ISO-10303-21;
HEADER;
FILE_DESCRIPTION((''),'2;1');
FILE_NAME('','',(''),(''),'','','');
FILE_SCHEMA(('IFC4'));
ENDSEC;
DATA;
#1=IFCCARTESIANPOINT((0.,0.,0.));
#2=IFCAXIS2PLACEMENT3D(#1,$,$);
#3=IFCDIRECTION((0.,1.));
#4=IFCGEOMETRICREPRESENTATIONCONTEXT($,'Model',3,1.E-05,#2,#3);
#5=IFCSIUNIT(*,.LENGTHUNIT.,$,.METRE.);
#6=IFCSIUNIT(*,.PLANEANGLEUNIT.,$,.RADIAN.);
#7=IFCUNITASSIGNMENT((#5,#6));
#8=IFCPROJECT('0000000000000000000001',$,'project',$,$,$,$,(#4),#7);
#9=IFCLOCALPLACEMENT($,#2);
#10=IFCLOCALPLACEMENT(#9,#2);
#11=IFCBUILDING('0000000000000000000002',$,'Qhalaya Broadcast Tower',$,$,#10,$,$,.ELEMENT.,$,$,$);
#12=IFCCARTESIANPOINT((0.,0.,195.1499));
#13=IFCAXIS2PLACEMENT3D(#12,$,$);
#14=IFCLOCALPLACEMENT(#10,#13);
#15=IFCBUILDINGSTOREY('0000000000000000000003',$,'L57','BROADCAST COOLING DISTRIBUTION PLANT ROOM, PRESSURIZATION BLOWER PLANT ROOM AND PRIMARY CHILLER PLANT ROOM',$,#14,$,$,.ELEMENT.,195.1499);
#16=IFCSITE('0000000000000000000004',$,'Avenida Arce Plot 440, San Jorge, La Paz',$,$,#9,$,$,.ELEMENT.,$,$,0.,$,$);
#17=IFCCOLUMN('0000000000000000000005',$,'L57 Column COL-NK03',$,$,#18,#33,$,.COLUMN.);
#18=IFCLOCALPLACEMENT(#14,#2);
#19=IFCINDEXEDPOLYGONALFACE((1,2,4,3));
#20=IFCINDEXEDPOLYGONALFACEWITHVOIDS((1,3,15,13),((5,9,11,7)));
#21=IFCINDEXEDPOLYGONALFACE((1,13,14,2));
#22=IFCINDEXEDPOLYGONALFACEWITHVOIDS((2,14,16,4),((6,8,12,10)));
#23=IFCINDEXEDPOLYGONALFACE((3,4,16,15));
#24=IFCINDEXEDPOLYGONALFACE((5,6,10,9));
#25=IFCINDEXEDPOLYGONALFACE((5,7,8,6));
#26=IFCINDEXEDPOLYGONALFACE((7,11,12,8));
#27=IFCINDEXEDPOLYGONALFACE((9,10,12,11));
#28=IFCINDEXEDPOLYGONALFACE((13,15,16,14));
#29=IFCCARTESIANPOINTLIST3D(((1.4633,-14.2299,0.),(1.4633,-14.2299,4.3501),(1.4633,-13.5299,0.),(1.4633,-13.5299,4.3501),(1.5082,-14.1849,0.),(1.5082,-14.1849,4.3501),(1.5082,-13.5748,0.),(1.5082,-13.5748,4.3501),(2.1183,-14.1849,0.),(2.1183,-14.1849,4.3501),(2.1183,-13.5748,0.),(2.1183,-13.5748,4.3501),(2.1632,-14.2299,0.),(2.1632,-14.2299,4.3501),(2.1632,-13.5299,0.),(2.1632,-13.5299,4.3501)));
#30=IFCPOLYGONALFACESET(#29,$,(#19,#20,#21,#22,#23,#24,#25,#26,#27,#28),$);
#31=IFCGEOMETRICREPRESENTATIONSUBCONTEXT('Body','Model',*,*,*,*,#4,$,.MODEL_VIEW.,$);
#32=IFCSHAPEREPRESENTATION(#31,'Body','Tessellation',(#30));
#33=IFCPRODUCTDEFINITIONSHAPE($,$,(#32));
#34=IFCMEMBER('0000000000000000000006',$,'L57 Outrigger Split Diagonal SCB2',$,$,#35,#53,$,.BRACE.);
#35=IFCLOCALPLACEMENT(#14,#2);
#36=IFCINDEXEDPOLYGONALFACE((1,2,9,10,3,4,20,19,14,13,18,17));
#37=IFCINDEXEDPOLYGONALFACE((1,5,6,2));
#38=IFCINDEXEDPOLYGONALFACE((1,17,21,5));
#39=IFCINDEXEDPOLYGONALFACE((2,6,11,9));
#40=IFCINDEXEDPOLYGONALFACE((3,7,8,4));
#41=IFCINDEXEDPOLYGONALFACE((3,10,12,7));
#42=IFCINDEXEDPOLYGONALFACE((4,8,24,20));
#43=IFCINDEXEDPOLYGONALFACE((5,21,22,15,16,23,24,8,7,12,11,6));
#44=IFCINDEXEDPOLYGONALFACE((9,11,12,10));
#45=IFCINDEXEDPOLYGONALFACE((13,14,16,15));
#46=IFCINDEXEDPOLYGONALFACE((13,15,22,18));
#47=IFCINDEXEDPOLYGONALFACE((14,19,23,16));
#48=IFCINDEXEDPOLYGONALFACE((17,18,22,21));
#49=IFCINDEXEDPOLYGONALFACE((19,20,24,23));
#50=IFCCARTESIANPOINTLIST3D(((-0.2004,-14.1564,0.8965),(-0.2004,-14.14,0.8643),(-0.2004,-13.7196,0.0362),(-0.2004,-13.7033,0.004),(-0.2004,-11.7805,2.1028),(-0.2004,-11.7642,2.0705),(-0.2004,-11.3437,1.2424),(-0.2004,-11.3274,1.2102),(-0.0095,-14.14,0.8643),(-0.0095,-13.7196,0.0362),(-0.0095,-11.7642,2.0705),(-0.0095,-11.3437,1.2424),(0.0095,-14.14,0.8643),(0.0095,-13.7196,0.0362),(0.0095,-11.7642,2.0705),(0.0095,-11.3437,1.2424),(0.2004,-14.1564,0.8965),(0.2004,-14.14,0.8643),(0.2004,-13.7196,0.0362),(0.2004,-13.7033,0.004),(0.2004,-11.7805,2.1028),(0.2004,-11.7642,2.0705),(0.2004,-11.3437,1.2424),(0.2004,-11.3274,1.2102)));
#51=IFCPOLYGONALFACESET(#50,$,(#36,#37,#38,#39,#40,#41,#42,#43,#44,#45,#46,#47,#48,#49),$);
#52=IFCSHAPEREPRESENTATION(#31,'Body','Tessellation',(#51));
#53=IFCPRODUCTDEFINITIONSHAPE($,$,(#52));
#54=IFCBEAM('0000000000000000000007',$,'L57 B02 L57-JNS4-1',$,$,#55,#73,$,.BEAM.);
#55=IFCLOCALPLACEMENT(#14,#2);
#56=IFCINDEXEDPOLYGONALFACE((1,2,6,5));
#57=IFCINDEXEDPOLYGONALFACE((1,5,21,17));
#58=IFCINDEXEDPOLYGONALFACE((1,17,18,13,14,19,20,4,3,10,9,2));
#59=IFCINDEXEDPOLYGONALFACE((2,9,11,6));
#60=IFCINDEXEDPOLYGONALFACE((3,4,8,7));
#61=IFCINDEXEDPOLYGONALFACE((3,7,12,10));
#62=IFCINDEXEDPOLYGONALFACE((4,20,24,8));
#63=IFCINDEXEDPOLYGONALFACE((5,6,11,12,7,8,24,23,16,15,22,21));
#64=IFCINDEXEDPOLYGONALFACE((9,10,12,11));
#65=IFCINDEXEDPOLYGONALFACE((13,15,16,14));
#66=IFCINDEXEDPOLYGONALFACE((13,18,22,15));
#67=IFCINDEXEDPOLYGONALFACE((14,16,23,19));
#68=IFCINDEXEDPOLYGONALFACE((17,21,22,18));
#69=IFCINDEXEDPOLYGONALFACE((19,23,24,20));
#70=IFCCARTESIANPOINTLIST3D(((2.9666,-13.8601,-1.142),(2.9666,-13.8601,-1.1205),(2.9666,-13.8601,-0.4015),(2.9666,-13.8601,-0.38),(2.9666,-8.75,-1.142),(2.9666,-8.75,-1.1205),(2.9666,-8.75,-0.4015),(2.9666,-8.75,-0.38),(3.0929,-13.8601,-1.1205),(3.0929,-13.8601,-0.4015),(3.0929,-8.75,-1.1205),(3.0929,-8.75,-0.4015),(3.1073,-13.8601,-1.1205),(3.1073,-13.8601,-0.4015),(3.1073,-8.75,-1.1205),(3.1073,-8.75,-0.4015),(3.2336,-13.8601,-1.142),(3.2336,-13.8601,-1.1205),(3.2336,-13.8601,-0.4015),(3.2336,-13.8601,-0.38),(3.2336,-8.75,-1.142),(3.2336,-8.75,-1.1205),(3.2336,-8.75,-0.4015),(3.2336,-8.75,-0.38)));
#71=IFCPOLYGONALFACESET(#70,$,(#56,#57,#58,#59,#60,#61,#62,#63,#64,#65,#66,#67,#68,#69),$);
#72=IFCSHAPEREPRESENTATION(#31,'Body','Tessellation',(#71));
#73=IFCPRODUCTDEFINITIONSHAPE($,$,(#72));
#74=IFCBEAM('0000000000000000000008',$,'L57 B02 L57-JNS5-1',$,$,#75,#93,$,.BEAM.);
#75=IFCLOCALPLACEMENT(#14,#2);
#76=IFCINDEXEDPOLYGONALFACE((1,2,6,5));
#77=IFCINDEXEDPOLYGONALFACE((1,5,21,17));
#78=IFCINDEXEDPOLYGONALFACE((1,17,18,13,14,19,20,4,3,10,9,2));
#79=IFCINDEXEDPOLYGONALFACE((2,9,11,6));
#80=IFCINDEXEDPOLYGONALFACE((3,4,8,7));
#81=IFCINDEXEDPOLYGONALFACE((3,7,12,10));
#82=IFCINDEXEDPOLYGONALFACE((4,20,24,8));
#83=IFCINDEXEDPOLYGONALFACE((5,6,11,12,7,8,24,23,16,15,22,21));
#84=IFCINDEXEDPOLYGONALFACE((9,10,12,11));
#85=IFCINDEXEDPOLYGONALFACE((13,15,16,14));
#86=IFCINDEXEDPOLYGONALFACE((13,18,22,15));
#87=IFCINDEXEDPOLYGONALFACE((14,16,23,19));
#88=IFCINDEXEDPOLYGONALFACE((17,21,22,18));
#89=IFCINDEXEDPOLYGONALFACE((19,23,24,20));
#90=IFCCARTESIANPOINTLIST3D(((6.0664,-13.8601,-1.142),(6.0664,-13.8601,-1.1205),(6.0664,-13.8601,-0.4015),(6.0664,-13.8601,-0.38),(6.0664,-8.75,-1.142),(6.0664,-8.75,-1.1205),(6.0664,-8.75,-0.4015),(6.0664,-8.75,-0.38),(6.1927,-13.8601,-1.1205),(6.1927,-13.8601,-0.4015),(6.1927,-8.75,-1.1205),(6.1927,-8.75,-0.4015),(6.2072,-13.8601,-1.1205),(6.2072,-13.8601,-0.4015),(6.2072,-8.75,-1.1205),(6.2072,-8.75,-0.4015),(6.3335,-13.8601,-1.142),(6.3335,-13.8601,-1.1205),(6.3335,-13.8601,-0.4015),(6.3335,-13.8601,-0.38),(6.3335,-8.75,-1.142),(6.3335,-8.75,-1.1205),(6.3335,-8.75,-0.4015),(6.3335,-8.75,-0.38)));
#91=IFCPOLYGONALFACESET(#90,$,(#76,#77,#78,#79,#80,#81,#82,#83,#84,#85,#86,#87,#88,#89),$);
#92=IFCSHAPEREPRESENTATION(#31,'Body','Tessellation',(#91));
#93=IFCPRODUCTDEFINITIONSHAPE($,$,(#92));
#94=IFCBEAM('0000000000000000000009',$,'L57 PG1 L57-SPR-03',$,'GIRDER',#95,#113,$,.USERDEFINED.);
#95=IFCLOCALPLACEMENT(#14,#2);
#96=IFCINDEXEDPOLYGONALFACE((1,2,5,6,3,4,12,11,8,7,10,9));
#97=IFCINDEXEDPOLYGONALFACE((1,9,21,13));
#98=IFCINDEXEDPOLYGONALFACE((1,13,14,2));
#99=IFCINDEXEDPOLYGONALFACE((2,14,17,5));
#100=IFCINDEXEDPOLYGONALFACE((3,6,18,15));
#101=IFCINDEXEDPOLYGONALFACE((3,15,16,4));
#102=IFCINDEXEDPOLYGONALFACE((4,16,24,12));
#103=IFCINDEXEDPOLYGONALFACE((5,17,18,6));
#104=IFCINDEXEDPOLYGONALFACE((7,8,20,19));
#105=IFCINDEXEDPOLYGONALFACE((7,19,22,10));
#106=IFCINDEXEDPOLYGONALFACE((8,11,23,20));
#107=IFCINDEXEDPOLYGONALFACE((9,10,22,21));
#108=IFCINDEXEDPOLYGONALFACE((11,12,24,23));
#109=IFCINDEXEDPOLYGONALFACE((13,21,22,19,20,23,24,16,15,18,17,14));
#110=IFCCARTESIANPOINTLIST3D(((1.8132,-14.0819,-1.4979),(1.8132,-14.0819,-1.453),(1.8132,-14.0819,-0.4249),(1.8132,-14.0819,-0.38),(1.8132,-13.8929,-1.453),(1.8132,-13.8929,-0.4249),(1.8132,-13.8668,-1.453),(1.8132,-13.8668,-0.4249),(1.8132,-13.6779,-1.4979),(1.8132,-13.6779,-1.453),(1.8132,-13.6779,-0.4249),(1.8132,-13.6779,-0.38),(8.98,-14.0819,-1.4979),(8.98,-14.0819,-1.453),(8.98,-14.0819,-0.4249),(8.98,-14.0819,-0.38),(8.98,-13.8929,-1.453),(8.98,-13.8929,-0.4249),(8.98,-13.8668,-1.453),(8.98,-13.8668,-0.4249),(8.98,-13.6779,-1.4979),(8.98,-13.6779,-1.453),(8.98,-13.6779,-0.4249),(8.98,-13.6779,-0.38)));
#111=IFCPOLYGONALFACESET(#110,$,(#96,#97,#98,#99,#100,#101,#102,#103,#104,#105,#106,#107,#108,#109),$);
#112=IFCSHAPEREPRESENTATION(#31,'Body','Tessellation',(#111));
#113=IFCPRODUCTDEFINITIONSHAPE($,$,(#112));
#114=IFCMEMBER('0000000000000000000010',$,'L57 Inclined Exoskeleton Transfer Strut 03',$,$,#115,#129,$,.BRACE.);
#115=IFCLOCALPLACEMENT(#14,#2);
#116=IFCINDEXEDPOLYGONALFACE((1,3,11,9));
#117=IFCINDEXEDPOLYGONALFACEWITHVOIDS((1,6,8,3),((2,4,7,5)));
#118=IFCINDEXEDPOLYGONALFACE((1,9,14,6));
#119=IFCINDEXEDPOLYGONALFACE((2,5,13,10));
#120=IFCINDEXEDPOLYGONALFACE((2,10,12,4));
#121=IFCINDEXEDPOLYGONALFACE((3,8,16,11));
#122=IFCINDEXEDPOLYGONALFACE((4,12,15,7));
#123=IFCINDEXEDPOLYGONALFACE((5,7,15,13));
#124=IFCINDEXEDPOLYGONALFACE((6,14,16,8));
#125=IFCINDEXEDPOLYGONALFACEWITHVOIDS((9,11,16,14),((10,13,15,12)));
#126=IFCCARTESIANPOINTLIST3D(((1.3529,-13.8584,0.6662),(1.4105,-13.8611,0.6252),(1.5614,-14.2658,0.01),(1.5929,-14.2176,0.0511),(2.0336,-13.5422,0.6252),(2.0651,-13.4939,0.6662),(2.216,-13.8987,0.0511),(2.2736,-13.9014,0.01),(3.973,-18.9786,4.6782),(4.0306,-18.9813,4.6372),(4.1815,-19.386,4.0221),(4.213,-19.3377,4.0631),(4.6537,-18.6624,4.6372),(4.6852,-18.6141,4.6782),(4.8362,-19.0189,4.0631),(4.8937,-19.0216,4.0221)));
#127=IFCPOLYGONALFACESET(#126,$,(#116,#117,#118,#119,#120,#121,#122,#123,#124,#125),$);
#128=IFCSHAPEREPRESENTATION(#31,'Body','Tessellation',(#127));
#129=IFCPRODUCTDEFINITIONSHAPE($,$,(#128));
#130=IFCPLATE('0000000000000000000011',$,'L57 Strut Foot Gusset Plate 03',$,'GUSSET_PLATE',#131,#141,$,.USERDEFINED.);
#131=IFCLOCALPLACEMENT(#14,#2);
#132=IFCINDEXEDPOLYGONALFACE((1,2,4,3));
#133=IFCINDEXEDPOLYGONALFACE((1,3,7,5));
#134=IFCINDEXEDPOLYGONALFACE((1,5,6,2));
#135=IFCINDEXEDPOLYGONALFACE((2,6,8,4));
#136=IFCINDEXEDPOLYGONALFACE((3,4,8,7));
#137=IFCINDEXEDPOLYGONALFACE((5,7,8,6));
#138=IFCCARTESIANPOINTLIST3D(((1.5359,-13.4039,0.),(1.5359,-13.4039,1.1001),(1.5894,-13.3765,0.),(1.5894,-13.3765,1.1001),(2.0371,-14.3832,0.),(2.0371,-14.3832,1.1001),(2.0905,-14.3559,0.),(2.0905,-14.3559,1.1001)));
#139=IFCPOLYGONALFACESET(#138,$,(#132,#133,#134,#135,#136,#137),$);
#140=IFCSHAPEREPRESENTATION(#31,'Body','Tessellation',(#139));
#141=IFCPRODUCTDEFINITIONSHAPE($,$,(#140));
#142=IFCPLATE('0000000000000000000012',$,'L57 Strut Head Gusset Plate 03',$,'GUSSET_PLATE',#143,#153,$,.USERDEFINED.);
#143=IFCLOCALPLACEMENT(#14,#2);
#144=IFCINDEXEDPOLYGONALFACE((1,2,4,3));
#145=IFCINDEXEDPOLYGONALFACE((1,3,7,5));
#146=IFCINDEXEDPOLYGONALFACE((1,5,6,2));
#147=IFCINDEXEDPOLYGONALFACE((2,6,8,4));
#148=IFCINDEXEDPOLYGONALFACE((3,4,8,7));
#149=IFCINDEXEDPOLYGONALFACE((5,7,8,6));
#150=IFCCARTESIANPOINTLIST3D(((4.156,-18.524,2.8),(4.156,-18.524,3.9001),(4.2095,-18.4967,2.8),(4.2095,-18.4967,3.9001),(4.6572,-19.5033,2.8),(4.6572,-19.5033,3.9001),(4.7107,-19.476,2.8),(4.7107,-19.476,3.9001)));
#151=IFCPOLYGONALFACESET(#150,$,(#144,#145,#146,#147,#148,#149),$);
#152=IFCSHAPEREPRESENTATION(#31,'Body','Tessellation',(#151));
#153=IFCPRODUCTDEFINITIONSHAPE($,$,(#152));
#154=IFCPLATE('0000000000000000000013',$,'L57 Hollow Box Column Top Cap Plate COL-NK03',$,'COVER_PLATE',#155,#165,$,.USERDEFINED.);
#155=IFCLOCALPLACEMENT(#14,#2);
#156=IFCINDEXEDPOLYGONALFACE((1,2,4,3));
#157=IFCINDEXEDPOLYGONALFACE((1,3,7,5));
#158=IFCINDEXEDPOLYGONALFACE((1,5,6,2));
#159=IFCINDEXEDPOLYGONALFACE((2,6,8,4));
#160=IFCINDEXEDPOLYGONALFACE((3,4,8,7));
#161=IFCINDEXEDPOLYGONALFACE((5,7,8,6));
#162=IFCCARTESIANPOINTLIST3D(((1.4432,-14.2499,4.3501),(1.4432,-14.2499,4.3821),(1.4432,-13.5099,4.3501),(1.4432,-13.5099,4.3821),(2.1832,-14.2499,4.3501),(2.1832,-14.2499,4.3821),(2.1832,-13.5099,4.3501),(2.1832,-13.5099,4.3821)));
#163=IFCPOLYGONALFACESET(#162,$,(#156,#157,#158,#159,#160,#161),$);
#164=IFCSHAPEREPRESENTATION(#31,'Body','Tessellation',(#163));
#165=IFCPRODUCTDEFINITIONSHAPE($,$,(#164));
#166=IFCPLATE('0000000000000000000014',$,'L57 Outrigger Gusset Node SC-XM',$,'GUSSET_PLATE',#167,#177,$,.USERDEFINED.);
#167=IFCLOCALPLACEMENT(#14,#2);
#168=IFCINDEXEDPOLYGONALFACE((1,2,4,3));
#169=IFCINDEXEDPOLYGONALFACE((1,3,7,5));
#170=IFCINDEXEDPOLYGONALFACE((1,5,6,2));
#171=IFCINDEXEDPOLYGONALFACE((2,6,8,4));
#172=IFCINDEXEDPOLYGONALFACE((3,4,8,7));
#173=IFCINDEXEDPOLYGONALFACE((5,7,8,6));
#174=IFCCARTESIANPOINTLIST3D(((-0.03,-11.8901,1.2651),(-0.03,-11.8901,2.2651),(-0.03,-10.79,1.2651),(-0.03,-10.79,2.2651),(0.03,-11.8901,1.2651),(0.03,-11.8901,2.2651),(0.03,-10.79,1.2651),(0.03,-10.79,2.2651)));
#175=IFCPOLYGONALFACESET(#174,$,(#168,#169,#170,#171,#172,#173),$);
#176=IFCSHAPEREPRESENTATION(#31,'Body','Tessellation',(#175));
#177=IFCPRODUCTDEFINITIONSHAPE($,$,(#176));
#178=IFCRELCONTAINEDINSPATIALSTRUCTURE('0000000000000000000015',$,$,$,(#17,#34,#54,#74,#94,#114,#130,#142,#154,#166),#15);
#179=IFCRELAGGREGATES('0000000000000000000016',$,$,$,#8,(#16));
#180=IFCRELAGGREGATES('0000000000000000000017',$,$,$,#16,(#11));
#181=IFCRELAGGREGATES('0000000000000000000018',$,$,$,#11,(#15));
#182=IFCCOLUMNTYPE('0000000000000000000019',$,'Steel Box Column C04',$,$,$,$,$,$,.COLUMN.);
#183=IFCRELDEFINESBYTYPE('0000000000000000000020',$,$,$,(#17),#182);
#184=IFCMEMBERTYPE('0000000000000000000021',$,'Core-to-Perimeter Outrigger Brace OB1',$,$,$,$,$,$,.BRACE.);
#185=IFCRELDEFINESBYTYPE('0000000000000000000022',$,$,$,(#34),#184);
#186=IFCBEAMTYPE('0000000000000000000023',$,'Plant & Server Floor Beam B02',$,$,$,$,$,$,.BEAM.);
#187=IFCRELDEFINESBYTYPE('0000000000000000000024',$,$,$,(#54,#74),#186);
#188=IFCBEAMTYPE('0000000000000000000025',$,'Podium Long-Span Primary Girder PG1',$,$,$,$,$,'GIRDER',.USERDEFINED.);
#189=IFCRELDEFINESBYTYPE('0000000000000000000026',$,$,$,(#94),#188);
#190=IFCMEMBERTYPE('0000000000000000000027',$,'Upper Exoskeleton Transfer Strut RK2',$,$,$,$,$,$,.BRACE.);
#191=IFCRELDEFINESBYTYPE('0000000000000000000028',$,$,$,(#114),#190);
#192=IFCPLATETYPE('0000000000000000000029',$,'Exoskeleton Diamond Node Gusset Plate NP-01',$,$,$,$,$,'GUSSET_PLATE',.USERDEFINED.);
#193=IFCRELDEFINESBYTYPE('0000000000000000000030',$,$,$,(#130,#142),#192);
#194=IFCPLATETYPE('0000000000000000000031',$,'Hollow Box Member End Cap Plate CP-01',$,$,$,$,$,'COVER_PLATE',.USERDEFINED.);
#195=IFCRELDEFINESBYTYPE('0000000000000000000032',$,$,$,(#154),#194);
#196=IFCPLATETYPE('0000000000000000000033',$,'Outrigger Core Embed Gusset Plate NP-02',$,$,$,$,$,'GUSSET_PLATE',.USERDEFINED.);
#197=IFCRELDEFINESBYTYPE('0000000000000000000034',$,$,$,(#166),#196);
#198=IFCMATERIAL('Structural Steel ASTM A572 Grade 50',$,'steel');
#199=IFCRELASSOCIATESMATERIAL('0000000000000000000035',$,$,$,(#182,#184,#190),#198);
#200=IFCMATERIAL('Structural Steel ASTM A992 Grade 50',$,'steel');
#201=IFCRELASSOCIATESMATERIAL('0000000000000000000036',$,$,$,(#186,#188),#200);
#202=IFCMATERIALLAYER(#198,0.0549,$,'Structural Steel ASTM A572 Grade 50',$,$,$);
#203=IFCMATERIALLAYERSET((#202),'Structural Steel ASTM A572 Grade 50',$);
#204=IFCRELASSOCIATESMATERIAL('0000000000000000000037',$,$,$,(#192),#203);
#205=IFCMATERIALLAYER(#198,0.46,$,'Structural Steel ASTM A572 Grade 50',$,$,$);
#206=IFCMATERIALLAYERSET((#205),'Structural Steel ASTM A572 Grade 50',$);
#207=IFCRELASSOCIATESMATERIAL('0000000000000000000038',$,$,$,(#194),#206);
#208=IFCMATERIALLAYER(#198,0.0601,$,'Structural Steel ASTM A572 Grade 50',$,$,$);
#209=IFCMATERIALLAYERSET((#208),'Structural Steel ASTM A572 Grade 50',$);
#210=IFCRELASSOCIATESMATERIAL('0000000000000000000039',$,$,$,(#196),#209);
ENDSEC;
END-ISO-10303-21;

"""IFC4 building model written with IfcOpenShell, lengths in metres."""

from ifc_helpers import new_model, si_unit, direction, frame, origin, origin_2d, place, context, subcontext, project, spatial, rectangle, hollow_rectangle, i_section, extrude, material, layer, layer_set, material_profile, profile_set, type_object, element, save


model = new_model("IFC4")

# Units and contexts
model_context = context("Model", 3, precision=1e-05, world=origin(), true_north=direction((0.0, 1.0)))
body_context = subcontext(model_context, "Body", "Model", "MODEL_VIEW")
ifc_project = project(units=[si_unit("LENGTHUNIT", "METRE"), si_unit("PLANEANGLEUNIT", "RADIAN")], contexts=[model_context])

# Site, building, storey
site_placement = place(None, origin())
site = spatial("IfcSite", under=ifc_project, at=site_placement, Name="Avenida Arce Plot 440, San Jorge, La Paz", CompositionType="ELEMENT", RefElevation=0.0)
building_placement = place(site_placement, origin())
building = spatial("IfcBuilding", under=site, at=building_placement, Name="Qhalaya Broadcast Tower", CompositionType="ELEMENT")
storey_placement = place(building_placement, frame((0.0, 0.0, 195.1499)))
storey = spatial("IfcBuildingStorey", under=building, at=storey_placement, Name="L57", Description="BROADCAST COOLING DISTRIBUTION PLANT ROOM, PRESSURIZATION BLOWER PLANT ROOM AND PRIMARY CHILLER PLANT ROOM", CompositionType="ELEMENT", Elevation=195.1499)

# Column
ifc_material_1 = material(Name="Structural Steel ASTM A572 Grade 50", Category="steel")
ifc_material_profile_1 = material_profile(ifc_material_1, hollow_rectangle(XDim=0.7, YDim=0.7, WallThickness=0.0449, at=origin_2d()), Name="BOX 700x700x45")
ifc_profile_set_1 = profile_set([ifc_material_profile_1], Name="Structural Steel ASTM A572 Grade 50")
column_type = type_object("IfcColumnType", Name="Steel Box Column C04", PredefinedType="COLUMN", material=ifc_profile_set_1)
column_placement = place(storey_placement, frame((1.8132, -13.8799, 0.0), z_axis=(0.0, 0.0, 1.0), x_axis=(1.0, 0.0, 0.0)))
element("IfcColumn", 1, at=column_placement, inside=storey, type_object=column_type, Name="L57 Column COL-NK03", PredefinedType="COLUMN", context=body_context, shape_type="SweptSolid", body=[
    extrude(hollow_rectangle(XDim=0.7, YDim=0.7, WallThickness=0.0449, at=origin_2d()), origin(), (0.0, 0.0, 1.0), 4.3501),
])

# Member
ifc_material_profile_2 = material_profile(ifc_material_1, i_section(OverallWidth=0.4009, OverallDepth=1.001, WebThickness=0.019, FlangeThickness=0.0361, at=origin_2d()), Name="W40X249")
ifc_profile_set_2 = profile_set([ifc_material_profile_2], Name="Structural Steel ASTM A572 Grade 50")
member_type_1 = type_object("IfcMemberType", Name="Core-to-Perimeter Outrigger Brace OB1", PredefinedType="BRACE", material=ifc_profile_set_2)
member_1_placement = place(storey_placement, frame((0.0, -11.554, 1.6565), z_axis=(0.0, -0.891662, -0.452702), x_axis=(1.0, 0.0, 0.0)))
element("IfcMember", 2, at=member_1_placement, inside=storey, type_object=member_type_1, Name="L57 Outrigger Split Diagonal SCB2", PredefinedType="BRACE", context=body_context, shape_type="SweptSolid", body=[
    extrude(i_section(OverallWidth=0.4009, OverallDepth=1.001, WebThickness=0.019, FlangeThickness=0.0361, at=origin_2d()), origin(), (0.0, 0.0, 1.0), 2.6646),
])

# Beams
ifc_material_2 = material(Name="Structural Steel ASTM A992 Grade 50", Category="steel")
ifc_material_profile_3 = material_profile(ifc_material_2, i_section(OverallWidth=0.2671, OverallDepth=0.762, WebThickness=0.0144, FlangeThickness=0.0215, at=origin_2d()), Name="W30X116")
ifc_profile_set_3 = profile_set([ifc_material_profile_3], Name="Structural Steel ASTM A992 Grade 50")
beam_type_1 = type_object("IfcBeamType", Name="Plant & Server Floor Beam B02", PredefinedType="BEAM", material=ifc_profile_set_3)
for number, where, z_axis, x_axis, name in (
    (3, (3.1001, -13.8601, -0.761), (0.0, 1.0, 0.0), (-1.0, 0.0, 0.0), "L57 B02 L57-JNS4-1"),
    (4, (6.2, -13.8601, -0.761), (0.0, 1.0, 0.0), (-1.0, 0.0, 0.0), "L57 B02 L57-JNS5-1"),
):
    element("IfcBeam", number, at=place(storey_placement, frame(where, z_axis=z_axis, x_axis=x_axis)), inside=storey, type_object=beam_type_1, Name=name, PredefinedType="BEAM", context=body_context, shape_type="SweptSolid", body=[
        extrude(i_section(OverallWidth=0.2671, OverallDepth=0.762, WebThickness=0.0144, FlangeThickness=0.0215, at=origin_2d()), origin(), (0.0, 0.0, 1.0), 5.1101),
    ])
ifc_material_profile_4 = material_profile(ifc_material_2, i_section(OverallWidth=0.4041, OverallDepth=1.1179, WebThickness=0.0261, FlangeThickness=0.0449, at=origin_2d()), Name="W44X335")
ifc_profile_set_4 = profile_set([ifc_material_profile_4], Name="Structural Steel ASTM A992 Grade 50")
beam_type_2 = type_object("IfcBeamType", Name="Podium Long-Span Primary Girder PG1", ElementType="GIRDER", PredefinedType="USERDEFINED", material=ifc_profile_set_4)
beam_placement = place(storey_placement, frame((1.8132, -13.8799, -0.939), z_axis=(1.0, 0.0, 0.0), x_axis=(0.0, 1.0, 0.0)))
element("IfcBeam", 5, at=beam_placement, inside=storey, type_object=beam_type_2, Name="L57 PG1 L57-SPR-03", ObjectType="GIRDER", PredefinedType="USERDEFINED", context=body_context, shape_type="SweptSolid", body=[
    extrude(i_section(OverallWidth=0.4041, OverallDepth=1.1179, WebThickness=0.0261, FlangeThickness=0.0449, at=origin_2d()), origin(), (0.0, 0.0, 1.0), 7.1667),
])

# Member
ifc_material_profile_5 = material_profile(ifc_material_1, hollow_rectangle(XDim=0.8, YDim=0.8, WallThickness=0.05, at=origin_2d()), Name="BOX 800x800x50")
ifc_profile_set_5 = profile_set([ifc_material_profile_5], Name="Structural Steel ASTM A572 Grade 50")
member_type_2 = type_object("IfcMemberType", Name="Upper Exoskeleton Transfer Strut RK2", PredefinedType="BRACE", material=ifc_profile_set_5)
member_2_placement = place(storey_placement, frame((1.8132, -13.8799, 0.3381), z_axis=(0.37363, -0.730132, 0.572108), x_axis=(0.890211, 0.455548, 0.0)))
element("IfcMember", 6, at=member_2_placement, inside=storey, type_object=member_type_2, Name="L57 Inclined Exoskeleton Transfer Strut 03", PredefinedType="BRACE", context=body_context, shape_type="SweptSolid", body=[
    extrude(hollow_rectangle(XDim=0.8, YDim=0.8, WallThickness=0.05, at=origin_2d()), origin(), (0.0, 0.0, 1.0), 7.0127),
])

# Plates
ifc_layer_1 = layer(ifc_material_1, 0.0549, Name="Structural Steel ASTM A572 Grade 50")
ifc_layer_set_1 = layer_set([ifc_layer_1], Name="Structural Steel ASTM A572 Grade 50")
plate_type_1 = type_object("IfcPlateType", Name="Exoskeleton Diamond Node Gusset Plate NP-01", ElementType="GUSSET_PLATE", PredefinedType="USERDEFINED", material=ifc_layer_set_1)
for number, where, z_axis, x_axis, name in (
    (7, (1.8132, -13.8799, 0.0), (0.0, 0.0, 1.0), (0.455545, -0.890213, 0.0), "L57 Strut Foot Gusset Plate 03"),
    (8, (4.4333, -19.0, 2.8), (0.0, 0.0, 1.0), (0.455545, -0.890213, 0.0), "L57 Strut Head Gusset Plate 03"),
):
    element("IfcPlate", number, at=place(storey_placement, frame(where, z_axis=z_axis, x_axis=x_axis)), inside=storey, type_object=plate_type_1, Name=name, ObjectType="GUSSET_PLATE", PredefinedType="USERDEFINED", context=body_context, shape_type="SweptSolid", body=[
        extrude(rectangle(XDim=1.1001, YDim=0.0601, at=origin_2d()), origin(), (0.0, 0.0, 1.0), 1.1001),
    ])
ifc_layer_2 = layer(ifc_material_1, 0.46, Name="Structural Steel ASTM A572 Grade 50")
ifc_layer_set_2 = layer_set([ifc_layer_2], Name="Structural Steel ASTM A572 Grade 50")
plate_type_2 = type_object("IfcPlateType", Name="Hollow Box Member End Cap Plate CP-01", ElementType="COVER_PLATE", PredefinedType="USERDEFINED", material=ifc_layer_set_2)
plate_1_placement = place(storey_placement, frame((1.8132, -13.8799, 4.3501), z_axis=(0.0, 0.0, 1.0), x_axis=(1.0, 0.0, 0.0)))
element("IfcPlate", 9, at=plate_1_placement, inside=storey, type_object=plate_type_2, Name="L57 Hollow Box Column Top Cap Plate COL-NK03", ObjectType="COVER_PLATE", PredefinedType="USERDEFINED", context=body_context, shape_type="SweptSolid", body=[
    extrude(rectangle(XDim=0.74, YDim=0.74, at=origin_2d()), origin(), (0.0, 0.0, 1.0), 0.032),
])
ifc_layer_3 = layer(ifc_material_1, 0.0601, Name="Structural Steel ASTM A572 Grade 50")
ifc_layer_set_3 = layer_set([ifc_layer_3], Name="Structural Steel ASTM A572 Grade 50")
plate_type_3 = type_object("IfcPlateType", Name="Outrigger Core Embed Gusset Plate NP-02", ElementType="GUSSET_PLATE", PredefinedType="USERDEFINED", material=ifc_layer_set_3)
plate_2_placement = place(storey_placement, frame((0.0, -11.3401, 1.2651), z_axis=(0.0, 0.0, 1.0), x_axis=(0.0, -1.0, 0.0)))
element("IfcPlate", 10, at=plate_2_placement, inside=storey, type_object=plate_type_3, Name="L57 Outrigger Gusset Node SC-XM", ObjectType="GUSSET_PLATE", PredefinedType="USERDEFINED", context=body_context, shape_type="SweptSolid", body=[
    extrude(rectangle(XDim=1.1001, YDim=0.0601, at=origin_2d()), origin(), (0.0, 0.0, 1.0), 1.0),
])

save(model, "model.ifc")
